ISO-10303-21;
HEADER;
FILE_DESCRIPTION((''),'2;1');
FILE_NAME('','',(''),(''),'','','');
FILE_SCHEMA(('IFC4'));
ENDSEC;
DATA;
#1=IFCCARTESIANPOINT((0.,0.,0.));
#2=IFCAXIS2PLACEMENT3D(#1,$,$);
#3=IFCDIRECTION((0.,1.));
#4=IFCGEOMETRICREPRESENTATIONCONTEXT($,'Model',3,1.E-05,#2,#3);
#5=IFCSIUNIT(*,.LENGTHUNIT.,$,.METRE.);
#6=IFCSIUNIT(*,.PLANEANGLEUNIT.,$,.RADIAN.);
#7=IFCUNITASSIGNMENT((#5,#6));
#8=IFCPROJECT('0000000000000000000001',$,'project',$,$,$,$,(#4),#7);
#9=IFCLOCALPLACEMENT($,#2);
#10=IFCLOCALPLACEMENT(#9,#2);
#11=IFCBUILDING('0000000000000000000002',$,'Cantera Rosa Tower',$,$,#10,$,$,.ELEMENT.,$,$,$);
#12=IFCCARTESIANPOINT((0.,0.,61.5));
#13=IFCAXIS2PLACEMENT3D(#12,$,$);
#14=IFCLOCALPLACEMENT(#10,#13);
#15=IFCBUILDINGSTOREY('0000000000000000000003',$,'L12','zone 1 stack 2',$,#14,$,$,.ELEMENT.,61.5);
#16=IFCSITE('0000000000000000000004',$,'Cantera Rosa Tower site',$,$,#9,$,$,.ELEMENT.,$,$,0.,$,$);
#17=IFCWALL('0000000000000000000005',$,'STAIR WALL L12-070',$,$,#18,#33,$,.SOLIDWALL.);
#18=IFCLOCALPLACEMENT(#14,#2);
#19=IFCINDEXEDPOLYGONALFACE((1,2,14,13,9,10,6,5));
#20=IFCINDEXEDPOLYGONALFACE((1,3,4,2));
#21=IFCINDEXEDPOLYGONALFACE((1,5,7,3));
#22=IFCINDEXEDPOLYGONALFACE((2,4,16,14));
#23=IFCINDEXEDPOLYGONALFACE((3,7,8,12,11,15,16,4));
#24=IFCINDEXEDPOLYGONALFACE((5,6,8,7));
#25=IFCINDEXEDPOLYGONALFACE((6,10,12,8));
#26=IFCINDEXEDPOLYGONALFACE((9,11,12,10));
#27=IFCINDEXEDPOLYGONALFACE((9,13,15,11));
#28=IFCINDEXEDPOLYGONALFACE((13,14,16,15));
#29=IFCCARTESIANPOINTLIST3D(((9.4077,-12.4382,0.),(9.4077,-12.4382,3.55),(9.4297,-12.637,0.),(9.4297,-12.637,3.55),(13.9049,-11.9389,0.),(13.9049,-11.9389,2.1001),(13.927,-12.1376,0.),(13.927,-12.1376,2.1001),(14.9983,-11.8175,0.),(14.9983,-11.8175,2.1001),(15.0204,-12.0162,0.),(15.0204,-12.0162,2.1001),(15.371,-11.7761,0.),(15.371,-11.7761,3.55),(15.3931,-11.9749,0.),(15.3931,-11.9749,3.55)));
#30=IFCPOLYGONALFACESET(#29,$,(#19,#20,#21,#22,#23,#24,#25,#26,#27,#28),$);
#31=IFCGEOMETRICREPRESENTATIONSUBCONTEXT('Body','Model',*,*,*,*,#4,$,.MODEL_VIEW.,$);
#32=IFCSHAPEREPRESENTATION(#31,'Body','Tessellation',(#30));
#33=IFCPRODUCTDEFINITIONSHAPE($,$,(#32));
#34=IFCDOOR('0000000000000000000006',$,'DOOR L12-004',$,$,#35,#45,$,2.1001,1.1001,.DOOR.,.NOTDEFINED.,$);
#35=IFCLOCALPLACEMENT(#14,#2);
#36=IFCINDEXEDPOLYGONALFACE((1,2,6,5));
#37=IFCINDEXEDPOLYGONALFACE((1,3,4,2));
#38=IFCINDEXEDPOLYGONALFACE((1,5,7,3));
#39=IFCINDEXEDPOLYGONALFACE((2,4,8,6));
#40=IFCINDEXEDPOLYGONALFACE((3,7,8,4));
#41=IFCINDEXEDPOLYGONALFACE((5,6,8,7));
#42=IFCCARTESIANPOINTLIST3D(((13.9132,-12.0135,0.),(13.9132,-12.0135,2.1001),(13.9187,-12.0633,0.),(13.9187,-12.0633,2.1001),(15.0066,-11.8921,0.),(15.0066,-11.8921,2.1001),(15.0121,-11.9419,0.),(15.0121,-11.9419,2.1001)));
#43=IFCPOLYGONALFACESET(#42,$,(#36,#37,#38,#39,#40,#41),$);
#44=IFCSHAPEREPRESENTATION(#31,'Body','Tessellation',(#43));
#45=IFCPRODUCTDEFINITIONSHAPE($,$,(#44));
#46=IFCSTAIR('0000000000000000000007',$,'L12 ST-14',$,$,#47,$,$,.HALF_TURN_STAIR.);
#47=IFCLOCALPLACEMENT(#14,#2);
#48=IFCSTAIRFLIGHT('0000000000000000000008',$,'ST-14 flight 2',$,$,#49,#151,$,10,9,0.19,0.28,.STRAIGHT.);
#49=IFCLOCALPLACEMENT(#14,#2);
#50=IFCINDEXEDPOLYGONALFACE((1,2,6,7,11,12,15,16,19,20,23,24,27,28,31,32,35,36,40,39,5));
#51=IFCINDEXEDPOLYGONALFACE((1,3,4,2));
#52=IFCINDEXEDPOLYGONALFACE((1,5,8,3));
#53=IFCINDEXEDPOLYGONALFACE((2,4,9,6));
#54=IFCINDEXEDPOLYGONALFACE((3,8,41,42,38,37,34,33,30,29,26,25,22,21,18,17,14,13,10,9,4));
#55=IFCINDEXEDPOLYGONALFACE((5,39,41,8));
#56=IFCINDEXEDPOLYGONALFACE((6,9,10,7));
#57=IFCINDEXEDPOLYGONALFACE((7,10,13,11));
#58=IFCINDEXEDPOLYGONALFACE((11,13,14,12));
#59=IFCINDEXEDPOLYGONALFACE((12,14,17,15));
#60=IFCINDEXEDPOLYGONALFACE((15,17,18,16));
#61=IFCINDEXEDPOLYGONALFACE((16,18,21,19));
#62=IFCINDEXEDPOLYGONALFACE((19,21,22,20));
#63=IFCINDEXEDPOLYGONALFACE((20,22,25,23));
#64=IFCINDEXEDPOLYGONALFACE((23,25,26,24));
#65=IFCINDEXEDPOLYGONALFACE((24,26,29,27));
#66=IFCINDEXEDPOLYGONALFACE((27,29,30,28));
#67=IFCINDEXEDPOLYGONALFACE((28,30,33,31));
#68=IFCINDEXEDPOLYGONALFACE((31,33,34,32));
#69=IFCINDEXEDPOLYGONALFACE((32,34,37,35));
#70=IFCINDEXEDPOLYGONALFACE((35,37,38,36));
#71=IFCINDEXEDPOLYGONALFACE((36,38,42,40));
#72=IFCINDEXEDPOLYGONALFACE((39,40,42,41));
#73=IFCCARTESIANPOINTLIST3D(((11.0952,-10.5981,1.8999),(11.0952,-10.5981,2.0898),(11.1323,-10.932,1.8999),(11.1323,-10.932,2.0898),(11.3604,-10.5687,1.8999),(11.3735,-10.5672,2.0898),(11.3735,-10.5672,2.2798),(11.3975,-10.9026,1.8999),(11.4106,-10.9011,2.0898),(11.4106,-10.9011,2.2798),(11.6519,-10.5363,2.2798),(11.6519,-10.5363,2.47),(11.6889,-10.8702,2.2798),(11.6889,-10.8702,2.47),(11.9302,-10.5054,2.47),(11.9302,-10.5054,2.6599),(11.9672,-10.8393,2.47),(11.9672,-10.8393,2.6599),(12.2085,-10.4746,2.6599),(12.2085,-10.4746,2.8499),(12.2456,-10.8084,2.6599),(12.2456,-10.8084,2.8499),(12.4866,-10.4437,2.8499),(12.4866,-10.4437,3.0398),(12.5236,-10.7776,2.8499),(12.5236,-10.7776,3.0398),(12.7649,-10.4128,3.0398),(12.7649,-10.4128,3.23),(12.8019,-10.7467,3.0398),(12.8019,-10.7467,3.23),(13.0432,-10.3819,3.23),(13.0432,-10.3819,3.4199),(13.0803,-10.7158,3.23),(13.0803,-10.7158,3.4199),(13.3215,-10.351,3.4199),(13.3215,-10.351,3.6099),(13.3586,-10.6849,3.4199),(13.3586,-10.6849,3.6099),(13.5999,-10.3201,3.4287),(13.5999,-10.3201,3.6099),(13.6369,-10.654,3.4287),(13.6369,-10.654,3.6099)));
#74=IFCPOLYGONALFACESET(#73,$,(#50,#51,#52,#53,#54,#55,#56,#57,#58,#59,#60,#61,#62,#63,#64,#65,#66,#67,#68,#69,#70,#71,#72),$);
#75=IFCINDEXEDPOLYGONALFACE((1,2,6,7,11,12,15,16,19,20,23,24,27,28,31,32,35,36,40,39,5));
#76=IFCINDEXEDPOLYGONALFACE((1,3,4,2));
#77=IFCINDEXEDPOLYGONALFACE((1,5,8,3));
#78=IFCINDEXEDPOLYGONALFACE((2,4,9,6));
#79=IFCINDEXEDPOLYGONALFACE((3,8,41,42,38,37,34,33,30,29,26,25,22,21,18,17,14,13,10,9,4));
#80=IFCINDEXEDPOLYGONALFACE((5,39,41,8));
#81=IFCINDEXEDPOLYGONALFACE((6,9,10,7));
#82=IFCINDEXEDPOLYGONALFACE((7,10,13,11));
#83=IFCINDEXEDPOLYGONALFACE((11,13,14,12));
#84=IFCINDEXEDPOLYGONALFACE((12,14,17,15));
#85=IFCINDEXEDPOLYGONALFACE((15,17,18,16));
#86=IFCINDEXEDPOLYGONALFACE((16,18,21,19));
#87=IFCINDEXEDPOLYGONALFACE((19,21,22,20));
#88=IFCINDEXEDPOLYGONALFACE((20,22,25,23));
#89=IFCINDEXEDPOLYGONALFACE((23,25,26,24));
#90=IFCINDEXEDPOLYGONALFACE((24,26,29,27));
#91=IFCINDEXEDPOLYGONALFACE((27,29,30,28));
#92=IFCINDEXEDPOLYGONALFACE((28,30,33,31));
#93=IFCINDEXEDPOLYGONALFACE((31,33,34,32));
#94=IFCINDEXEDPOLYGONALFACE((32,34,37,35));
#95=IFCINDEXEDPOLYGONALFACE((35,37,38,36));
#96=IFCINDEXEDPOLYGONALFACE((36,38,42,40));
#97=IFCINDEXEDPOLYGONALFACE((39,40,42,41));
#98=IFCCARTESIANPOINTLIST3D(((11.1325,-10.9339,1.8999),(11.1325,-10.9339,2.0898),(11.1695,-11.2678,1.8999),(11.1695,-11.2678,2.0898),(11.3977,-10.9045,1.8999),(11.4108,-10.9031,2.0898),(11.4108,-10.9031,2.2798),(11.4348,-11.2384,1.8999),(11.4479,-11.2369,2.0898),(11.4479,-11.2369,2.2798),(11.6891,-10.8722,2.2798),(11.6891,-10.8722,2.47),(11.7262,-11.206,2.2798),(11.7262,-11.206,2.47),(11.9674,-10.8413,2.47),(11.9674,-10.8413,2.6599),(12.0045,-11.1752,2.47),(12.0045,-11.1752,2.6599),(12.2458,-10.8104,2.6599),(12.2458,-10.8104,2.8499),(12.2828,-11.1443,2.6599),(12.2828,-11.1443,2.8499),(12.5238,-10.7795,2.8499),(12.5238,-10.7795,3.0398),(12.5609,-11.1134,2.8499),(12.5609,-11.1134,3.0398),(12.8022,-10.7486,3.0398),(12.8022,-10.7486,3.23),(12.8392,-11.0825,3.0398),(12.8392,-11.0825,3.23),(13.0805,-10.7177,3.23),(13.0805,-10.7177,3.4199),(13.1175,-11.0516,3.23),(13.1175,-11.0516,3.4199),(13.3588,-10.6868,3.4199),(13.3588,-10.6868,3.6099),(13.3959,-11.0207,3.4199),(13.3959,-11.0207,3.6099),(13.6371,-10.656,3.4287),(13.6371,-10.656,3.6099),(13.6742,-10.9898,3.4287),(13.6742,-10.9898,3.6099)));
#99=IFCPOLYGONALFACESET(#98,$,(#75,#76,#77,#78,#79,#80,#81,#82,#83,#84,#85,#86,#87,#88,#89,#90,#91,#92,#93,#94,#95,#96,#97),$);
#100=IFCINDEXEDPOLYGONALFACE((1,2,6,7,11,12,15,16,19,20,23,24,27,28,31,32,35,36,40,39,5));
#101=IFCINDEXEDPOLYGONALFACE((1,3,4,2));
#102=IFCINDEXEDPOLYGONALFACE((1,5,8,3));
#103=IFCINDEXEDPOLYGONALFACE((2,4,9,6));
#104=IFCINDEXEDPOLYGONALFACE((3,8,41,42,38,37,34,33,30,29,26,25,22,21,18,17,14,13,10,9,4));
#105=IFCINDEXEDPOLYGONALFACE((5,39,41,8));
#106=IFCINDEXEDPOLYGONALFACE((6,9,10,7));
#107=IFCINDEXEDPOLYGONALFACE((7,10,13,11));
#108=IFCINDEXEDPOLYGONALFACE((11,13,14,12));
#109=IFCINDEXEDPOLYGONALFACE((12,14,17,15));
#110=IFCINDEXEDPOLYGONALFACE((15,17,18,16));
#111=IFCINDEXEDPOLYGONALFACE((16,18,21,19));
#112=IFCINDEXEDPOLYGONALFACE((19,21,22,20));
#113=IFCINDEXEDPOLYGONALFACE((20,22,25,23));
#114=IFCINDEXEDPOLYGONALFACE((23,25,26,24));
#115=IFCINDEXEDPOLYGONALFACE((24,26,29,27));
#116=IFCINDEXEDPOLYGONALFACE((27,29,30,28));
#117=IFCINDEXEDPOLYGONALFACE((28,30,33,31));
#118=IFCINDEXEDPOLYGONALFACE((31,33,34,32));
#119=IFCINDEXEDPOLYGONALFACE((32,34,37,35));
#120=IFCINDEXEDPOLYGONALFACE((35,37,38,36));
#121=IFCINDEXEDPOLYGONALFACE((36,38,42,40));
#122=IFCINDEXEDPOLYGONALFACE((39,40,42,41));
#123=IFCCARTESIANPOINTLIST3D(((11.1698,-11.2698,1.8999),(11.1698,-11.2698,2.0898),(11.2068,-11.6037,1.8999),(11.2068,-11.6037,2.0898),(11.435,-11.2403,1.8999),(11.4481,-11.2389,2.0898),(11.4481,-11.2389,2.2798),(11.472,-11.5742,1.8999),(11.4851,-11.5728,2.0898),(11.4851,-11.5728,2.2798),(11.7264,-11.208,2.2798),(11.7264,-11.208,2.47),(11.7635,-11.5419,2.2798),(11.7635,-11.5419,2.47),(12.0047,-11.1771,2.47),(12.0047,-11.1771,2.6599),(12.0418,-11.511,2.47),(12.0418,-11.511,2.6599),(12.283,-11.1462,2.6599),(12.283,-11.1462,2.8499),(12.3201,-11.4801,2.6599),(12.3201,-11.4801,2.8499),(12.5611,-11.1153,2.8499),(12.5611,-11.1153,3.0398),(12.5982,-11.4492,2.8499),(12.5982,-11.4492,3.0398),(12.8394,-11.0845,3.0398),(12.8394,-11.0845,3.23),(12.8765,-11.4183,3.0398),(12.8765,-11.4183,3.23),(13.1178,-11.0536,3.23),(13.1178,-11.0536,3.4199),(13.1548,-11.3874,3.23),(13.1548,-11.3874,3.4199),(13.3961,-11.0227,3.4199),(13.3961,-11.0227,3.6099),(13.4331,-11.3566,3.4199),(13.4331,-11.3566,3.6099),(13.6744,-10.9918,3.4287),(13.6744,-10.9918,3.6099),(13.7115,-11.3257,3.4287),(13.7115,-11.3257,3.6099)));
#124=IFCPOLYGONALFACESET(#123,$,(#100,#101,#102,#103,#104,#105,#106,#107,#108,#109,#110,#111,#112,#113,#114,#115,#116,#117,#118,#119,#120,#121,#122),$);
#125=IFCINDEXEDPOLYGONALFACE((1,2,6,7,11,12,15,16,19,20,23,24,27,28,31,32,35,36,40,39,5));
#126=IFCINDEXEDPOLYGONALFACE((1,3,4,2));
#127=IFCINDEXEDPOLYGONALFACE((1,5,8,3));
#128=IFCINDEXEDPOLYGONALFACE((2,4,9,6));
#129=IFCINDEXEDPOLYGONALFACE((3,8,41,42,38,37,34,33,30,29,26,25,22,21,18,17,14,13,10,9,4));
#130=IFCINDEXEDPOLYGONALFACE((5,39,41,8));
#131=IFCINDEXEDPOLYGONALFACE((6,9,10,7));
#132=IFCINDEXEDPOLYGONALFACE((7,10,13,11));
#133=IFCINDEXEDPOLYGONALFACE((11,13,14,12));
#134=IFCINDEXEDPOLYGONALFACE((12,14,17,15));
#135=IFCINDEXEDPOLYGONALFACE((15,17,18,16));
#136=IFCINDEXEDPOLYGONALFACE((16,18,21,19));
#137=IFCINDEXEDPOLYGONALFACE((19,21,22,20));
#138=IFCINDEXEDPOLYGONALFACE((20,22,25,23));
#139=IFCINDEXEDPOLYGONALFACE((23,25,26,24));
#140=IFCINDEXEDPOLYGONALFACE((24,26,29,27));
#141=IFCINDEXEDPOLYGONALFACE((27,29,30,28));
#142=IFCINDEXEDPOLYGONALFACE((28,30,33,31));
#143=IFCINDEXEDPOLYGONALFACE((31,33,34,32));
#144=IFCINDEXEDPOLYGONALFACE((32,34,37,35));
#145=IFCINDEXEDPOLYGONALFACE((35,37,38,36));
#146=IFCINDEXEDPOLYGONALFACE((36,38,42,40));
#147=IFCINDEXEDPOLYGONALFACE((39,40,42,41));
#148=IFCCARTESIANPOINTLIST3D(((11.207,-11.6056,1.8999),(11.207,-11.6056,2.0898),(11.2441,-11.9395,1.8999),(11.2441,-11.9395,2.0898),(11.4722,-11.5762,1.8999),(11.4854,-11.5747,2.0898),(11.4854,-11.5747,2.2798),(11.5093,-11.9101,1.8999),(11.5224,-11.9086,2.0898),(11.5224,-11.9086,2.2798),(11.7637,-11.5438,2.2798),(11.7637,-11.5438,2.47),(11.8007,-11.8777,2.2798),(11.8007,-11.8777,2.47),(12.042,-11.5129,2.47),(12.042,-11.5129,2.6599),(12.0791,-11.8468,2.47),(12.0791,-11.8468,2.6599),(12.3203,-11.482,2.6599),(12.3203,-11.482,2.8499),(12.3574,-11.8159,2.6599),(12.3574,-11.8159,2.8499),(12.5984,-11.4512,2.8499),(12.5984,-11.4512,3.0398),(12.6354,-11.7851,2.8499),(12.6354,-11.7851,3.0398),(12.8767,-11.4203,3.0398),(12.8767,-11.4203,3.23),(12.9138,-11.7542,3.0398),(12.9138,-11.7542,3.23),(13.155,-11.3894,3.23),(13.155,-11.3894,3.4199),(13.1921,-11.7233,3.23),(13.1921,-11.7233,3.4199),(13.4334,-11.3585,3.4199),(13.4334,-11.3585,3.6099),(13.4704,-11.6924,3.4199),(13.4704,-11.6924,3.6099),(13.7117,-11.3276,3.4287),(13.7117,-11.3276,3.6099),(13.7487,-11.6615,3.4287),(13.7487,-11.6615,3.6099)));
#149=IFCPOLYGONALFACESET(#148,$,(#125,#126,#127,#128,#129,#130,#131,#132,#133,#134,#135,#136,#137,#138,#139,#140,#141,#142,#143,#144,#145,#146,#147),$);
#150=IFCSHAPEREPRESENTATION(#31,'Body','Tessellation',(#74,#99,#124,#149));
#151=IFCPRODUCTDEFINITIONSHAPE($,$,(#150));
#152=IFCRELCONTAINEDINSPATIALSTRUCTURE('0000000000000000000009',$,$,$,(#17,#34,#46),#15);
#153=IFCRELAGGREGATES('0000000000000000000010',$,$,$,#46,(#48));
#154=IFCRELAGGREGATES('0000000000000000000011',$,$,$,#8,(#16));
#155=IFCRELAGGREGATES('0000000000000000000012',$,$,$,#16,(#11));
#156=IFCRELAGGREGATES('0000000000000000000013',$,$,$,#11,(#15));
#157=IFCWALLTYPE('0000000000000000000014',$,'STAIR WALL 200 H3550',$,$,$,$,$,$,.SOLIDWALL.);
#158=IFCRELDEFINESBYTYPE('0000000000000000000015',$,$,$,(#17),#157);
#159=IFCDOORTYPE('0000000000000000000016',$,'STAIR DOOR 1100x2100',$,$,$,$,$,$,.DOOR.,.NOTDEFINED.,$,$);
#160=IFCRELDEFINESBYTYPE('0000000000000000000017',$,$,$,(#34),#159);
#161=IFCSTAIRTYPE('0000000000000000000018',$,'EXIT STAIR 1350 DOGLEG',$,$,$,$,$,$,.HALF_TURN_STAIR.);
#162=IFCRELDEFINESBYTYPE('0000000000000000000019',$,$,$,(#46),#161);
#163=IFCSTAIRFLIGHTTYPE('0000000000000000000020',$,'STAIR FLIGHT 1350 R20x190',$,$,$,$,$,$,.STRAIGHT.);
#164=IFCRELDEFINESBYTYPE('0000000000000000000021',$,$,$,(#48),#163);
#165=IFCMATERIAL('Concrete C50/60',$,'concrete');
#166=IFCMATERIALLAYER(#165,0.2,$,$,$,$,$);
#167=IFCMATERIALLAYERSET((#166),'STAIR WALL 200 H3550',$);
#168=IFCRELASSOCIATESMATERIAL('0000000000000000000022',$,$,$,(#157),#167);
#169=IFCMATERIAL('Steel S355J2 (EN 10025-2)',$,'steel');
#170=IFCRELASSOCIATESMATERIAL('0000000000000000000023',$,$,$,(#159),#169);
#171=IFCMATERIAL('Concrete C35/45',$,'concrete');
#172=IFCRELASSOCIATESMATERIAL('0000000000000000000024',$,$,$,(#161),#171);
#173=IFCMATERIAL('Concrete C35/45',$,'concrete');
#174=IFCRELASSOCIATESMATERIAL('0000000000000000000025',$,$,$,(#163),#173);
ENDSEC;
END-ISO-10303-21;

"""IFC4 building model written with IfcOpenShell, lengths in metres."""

from ifc_helpers import new_model, si_unit, direction, frame, frame_2d, origin, place, context, subcontext, project, spatial, polyline, rectangle, outline, extrude, material, layer, layer_set, type_object, element, fill, aggregate, save


model = new_model("IFC4")

# Units and contexts
model_context = context("Model", 3, precision=1e-05, world=origin(), true_north=direction((0.0, 1.0)))
body_context = subcontext(model_context, "Body", "Model", "MODEL_VIEW")
ifc_project = project(units=[si_unit("LENGTHUNIT", "METRE"), si_unit("PLANEANGLEUNIT", "RADIAN")], contexts=[model_context])

# Site, building, storey
site_placement = place(None, origin())
site = spatial("IfcSite", under=ifc_project, at=site_placement, Name="Cantera Rosa Tower site", CompositionType="ELEMENT", RefElevation=0.0)
building_placement = place(site_placement, origin())
building = spatial("IfcBuilding", under=site, at=building_placement, Name="Cantera Rosa Tower", CompositionType="ELEMENT")
storey_placement = place(building_placement, frame((0.0, 0.0, 61.5)))
storey = spatial("IfcBuildingStorey", under=building, at=storey_placement, Name="L12", Description="zone 1 stack 2", CompositionType="ELEMENT", Elevation=61.5)

# Shared definitions
ifc_material_1 = material(Name="Concrete C50/60", Category="concrete")
ifc_layer_1 = layer(ifc_material_1, 0.2)
ifc_layer_set_1 = layer_set([ifc_layer_1], Name="STAIR WALL 200 H3550")
wall_type_1 = type_object("IfcWallType", Name="STAIR WALL 200 H3550", PredefinedType="SOLIDWALL", material=ifc_layer_set_1)

# Wall, opening, door
wall_1_placement = place(storey_placement, frame((9.4187, -12.5376, 0.0), z_axis=(0.0, 0.0, 1.0), x_axis=(0.993893, 0.110351, 0.0)))
wall_1 = element("IfcWall", 1, at=wall_1_placement, inside=storey, type_object=wall_type_1, Name="STAIR WALL L12-070", PredefinedType="SOLIDWALL", context=body_context, shape_type="SweptSolid", body=[
    extrude(rectangle(XDim=6.0, YDim=0.2, at=frame_2d((3.0, 0.0))), origin(), (0.0, 0.0, 1.0), 3.55),
])
opening_1_placement = place(wall_1_placement, frame((4.5249, 0.0, 0.0)))
opening_1 = element("IfcOpeningElement", 2, at=opening_1_placement, cuts=wall_1, PredefinedType="OPENING", context=body_context, shape_type="SweptSolid", body=[
    extrude(rectangle(XDim=1.1001, YDim=2.1001, at=frame_2d((0.55, 1.05))), frame((0.0, 0.1099, 0.0), z_axis=(0.0, -1.0, 0.0), x_axis=(1.0, 0.0, 0.0)), (0.0, 0.0, 1.0), 0.22),
])
ifc_material_2 = material(Name="Steel S355J2 (EN 10025-2)", Category="steel")
door_type_1 = type_object("IfcDoorType", Name="STAIR DOOR 1100x2100", OperationType="NOTDEFINED", PredefinedType="DOOR", material=ifc_material_2)
door_1_placement = place(opening_1_placement, origin())
door_1 = element("IfcDoor", 3, at=door_1_placement, inside=storey, type_object=door_type_1, Name="DOOR L12-004", OperationType="NOTDEFINED", OverallHeight=2.1001, OverallWidth=1.1001, PredefinedType="DOOR", context=body_context, shape_type="SweptSolid", body=[
    extrude(rectangle(XDim=1.1001, YDim=2.1001, at=frame_2d((0.55, 1.05))), frame((0.0, 0.0249, 0.0), z_axis=(0.0, -1.0, 0.0), x_axis=(1.0, 0.0, 0.0)), (0.0, 0.0, 1.0), 0.05),
])
fill(opening_1, door_1)

# Stair, stair flight
ifc_material_3 = material(Name="Concrete C35/45", Category="concrete")
stair_type = type_object("IfcStairType", Name="EXIT STAIR 1350 DOGLEG", PredefinedType="HALF_TURN_STAIR", material=ifc_material_3)
stair_placement = place(storey_placement, origin())
stair = element("IfcStair", 4, at=stair_placement, inside=storey, type_object=stair_type, Name="L12 ST-14", PredefinedType="HALF_TURN_STAIR")
ifc_material_4 = material(Name="Concrete C35/45", Category="concrete")
stair_flight_type = type_object("IfcStairFlightType", Name="STAIR FLIGHT 1350 R20x190", PredefinedType="STRAIGHT", material=ifc_material_4)
stair_flight_placement = place(storey_placement, frame((11.1697, -11.269, 1.8999), z_axis=(0.0, 0.0, 1.0), x_axis=(0.993897, 0.110313, 0.0)))
stair_flight = element("IfcStairFlight", 5, at=stair_flight_placement, type_object=stair_flight_type, Name="ST-14 flight 2", NumberOfRisers=10, NumberOfTreads=9, PredefinedType="STRAIGHT", RiserHeight=0.19, TreadLength=0.28, context=body_context, shape_type="SweptSolid", body=[
    extrude(outline(polyline([(0.0, 0.0), (0.0, 0.1899), (0.28, 0.1899), (0.28, 0.3799), (0.5601, 0.3799), (0.5601, 0.5701), (0.8401, 0.5701), (0.8401, 0.76), (1.1201, 0.76), (1.1201, 0.95), (1.3999, 0.95), (1.3999, 1.1399), (1.6799, 1.1399), (1.6799, 1.3301), (1.96, 1.3301), (1.96, 1.52), (2.24, 1.52), (2.24, 1.71), (2.52, 1.71), (2.52, 1.8999), (2.52, 1.5288), (0.2668, 0.0), (0.0, 0.0)])), frame((0.0, 0.675, 0.0), z_axis=(0.0, -1.0, 0.0), x_axis=(1.0, 0.0, 0.0)), (0.0, 0.0, 1.0), 0.3359),
    extrude(outline(polyline([(0.0, 0.0), (0.0, 0.1899), (0.28, 0.1899), (0.28, 0.3799), (0.5601, 0.3799), (0.5601, 0.5701), (0.8401, 0.5701), (0.8401, 0.76), (1.1201, 0.76), (1.1201, 0.95), (1.3999, 0.95), (1.3999, 1.1399), (1.6799, 1.1399), (1.6799, 1.3301), (1.96, 1.3301), (1.96, 1.52), (2.24, 1.52), (2.24, 1.71), (2.52, 1.71), (2.52, 1.8999), (2.52, 1.5288), (0.2668, 0.0), (0.0, 0.0)])), frame((0.0, 0.3372, 0.0), z_axis=(0.0, -1.0, 0.0), x_axis=(1.0, 0.0, 0.0)), (0.0, 0.0, 1.0), 0.3359),
    extrude(outline(polyline([(0.0, 0.0), (0.0, 0.1899), (0.28, 0.1899), (0.28, 0.3799), (0.5601, 0.3799), (0.5601, 0.5701), (0.8401, 0.5701), (0.8401, 0.76), (1.1201, 0.76), (1.1201, 0.95), (1.3999, 0.95), (1.3999, 1.1399), (1.6799, 1.1399), (1.6799, 1.3301), (1.96, 1.3301), (1.96, 1.52), (2.24, 1.52), (2.24, 1.71), (2.52, 1.71), (2.52, 1.8999), (2.52, 1.5288), (0.2668, 0.0), (0.0, 0.0)])), frame((0.0, -0.0007, 0.0), z_axis=(0.0, -1.0, 0.0), x_axis=(1.0, 0.0, 0.0)), (0.0, 0.0, 1.0), 0.3359),
    extrude(outline(polyline([(0.0, 0.0), (0.0, 0.1899), (0.28, 0.1899), (0.28, 0.3799), (0.5601, 0.3799), (0.5601, 0.5701), (0.8401, 0.5701), (0.8401, 0.76), (1.1201, 0.76), (1.1201, 0.95), (1.3999, 0.95), (1.3999, 1.1399), (1.6799, 1.1399), (1.6799, 1.3301), (1.96, 1.3301), (1.96, 1.52), (2.24, 1.52), (2.24, 1.71), (2.52, 1.71), (2.52, 1.8999), (2.52, 1.5288), (0.2668, 0.0), (0.0, 0.0)])), frame((0.0, -0.3386, 0.0), z_axis=(0.0, -1.0, 0.0), x_axis=(1.0, 0.0, 0.0)), (0.0, 0.0, 1.0), 0.3359),
])
aggregate(stair, [stair_flight])

save(model, "model.ifc")
